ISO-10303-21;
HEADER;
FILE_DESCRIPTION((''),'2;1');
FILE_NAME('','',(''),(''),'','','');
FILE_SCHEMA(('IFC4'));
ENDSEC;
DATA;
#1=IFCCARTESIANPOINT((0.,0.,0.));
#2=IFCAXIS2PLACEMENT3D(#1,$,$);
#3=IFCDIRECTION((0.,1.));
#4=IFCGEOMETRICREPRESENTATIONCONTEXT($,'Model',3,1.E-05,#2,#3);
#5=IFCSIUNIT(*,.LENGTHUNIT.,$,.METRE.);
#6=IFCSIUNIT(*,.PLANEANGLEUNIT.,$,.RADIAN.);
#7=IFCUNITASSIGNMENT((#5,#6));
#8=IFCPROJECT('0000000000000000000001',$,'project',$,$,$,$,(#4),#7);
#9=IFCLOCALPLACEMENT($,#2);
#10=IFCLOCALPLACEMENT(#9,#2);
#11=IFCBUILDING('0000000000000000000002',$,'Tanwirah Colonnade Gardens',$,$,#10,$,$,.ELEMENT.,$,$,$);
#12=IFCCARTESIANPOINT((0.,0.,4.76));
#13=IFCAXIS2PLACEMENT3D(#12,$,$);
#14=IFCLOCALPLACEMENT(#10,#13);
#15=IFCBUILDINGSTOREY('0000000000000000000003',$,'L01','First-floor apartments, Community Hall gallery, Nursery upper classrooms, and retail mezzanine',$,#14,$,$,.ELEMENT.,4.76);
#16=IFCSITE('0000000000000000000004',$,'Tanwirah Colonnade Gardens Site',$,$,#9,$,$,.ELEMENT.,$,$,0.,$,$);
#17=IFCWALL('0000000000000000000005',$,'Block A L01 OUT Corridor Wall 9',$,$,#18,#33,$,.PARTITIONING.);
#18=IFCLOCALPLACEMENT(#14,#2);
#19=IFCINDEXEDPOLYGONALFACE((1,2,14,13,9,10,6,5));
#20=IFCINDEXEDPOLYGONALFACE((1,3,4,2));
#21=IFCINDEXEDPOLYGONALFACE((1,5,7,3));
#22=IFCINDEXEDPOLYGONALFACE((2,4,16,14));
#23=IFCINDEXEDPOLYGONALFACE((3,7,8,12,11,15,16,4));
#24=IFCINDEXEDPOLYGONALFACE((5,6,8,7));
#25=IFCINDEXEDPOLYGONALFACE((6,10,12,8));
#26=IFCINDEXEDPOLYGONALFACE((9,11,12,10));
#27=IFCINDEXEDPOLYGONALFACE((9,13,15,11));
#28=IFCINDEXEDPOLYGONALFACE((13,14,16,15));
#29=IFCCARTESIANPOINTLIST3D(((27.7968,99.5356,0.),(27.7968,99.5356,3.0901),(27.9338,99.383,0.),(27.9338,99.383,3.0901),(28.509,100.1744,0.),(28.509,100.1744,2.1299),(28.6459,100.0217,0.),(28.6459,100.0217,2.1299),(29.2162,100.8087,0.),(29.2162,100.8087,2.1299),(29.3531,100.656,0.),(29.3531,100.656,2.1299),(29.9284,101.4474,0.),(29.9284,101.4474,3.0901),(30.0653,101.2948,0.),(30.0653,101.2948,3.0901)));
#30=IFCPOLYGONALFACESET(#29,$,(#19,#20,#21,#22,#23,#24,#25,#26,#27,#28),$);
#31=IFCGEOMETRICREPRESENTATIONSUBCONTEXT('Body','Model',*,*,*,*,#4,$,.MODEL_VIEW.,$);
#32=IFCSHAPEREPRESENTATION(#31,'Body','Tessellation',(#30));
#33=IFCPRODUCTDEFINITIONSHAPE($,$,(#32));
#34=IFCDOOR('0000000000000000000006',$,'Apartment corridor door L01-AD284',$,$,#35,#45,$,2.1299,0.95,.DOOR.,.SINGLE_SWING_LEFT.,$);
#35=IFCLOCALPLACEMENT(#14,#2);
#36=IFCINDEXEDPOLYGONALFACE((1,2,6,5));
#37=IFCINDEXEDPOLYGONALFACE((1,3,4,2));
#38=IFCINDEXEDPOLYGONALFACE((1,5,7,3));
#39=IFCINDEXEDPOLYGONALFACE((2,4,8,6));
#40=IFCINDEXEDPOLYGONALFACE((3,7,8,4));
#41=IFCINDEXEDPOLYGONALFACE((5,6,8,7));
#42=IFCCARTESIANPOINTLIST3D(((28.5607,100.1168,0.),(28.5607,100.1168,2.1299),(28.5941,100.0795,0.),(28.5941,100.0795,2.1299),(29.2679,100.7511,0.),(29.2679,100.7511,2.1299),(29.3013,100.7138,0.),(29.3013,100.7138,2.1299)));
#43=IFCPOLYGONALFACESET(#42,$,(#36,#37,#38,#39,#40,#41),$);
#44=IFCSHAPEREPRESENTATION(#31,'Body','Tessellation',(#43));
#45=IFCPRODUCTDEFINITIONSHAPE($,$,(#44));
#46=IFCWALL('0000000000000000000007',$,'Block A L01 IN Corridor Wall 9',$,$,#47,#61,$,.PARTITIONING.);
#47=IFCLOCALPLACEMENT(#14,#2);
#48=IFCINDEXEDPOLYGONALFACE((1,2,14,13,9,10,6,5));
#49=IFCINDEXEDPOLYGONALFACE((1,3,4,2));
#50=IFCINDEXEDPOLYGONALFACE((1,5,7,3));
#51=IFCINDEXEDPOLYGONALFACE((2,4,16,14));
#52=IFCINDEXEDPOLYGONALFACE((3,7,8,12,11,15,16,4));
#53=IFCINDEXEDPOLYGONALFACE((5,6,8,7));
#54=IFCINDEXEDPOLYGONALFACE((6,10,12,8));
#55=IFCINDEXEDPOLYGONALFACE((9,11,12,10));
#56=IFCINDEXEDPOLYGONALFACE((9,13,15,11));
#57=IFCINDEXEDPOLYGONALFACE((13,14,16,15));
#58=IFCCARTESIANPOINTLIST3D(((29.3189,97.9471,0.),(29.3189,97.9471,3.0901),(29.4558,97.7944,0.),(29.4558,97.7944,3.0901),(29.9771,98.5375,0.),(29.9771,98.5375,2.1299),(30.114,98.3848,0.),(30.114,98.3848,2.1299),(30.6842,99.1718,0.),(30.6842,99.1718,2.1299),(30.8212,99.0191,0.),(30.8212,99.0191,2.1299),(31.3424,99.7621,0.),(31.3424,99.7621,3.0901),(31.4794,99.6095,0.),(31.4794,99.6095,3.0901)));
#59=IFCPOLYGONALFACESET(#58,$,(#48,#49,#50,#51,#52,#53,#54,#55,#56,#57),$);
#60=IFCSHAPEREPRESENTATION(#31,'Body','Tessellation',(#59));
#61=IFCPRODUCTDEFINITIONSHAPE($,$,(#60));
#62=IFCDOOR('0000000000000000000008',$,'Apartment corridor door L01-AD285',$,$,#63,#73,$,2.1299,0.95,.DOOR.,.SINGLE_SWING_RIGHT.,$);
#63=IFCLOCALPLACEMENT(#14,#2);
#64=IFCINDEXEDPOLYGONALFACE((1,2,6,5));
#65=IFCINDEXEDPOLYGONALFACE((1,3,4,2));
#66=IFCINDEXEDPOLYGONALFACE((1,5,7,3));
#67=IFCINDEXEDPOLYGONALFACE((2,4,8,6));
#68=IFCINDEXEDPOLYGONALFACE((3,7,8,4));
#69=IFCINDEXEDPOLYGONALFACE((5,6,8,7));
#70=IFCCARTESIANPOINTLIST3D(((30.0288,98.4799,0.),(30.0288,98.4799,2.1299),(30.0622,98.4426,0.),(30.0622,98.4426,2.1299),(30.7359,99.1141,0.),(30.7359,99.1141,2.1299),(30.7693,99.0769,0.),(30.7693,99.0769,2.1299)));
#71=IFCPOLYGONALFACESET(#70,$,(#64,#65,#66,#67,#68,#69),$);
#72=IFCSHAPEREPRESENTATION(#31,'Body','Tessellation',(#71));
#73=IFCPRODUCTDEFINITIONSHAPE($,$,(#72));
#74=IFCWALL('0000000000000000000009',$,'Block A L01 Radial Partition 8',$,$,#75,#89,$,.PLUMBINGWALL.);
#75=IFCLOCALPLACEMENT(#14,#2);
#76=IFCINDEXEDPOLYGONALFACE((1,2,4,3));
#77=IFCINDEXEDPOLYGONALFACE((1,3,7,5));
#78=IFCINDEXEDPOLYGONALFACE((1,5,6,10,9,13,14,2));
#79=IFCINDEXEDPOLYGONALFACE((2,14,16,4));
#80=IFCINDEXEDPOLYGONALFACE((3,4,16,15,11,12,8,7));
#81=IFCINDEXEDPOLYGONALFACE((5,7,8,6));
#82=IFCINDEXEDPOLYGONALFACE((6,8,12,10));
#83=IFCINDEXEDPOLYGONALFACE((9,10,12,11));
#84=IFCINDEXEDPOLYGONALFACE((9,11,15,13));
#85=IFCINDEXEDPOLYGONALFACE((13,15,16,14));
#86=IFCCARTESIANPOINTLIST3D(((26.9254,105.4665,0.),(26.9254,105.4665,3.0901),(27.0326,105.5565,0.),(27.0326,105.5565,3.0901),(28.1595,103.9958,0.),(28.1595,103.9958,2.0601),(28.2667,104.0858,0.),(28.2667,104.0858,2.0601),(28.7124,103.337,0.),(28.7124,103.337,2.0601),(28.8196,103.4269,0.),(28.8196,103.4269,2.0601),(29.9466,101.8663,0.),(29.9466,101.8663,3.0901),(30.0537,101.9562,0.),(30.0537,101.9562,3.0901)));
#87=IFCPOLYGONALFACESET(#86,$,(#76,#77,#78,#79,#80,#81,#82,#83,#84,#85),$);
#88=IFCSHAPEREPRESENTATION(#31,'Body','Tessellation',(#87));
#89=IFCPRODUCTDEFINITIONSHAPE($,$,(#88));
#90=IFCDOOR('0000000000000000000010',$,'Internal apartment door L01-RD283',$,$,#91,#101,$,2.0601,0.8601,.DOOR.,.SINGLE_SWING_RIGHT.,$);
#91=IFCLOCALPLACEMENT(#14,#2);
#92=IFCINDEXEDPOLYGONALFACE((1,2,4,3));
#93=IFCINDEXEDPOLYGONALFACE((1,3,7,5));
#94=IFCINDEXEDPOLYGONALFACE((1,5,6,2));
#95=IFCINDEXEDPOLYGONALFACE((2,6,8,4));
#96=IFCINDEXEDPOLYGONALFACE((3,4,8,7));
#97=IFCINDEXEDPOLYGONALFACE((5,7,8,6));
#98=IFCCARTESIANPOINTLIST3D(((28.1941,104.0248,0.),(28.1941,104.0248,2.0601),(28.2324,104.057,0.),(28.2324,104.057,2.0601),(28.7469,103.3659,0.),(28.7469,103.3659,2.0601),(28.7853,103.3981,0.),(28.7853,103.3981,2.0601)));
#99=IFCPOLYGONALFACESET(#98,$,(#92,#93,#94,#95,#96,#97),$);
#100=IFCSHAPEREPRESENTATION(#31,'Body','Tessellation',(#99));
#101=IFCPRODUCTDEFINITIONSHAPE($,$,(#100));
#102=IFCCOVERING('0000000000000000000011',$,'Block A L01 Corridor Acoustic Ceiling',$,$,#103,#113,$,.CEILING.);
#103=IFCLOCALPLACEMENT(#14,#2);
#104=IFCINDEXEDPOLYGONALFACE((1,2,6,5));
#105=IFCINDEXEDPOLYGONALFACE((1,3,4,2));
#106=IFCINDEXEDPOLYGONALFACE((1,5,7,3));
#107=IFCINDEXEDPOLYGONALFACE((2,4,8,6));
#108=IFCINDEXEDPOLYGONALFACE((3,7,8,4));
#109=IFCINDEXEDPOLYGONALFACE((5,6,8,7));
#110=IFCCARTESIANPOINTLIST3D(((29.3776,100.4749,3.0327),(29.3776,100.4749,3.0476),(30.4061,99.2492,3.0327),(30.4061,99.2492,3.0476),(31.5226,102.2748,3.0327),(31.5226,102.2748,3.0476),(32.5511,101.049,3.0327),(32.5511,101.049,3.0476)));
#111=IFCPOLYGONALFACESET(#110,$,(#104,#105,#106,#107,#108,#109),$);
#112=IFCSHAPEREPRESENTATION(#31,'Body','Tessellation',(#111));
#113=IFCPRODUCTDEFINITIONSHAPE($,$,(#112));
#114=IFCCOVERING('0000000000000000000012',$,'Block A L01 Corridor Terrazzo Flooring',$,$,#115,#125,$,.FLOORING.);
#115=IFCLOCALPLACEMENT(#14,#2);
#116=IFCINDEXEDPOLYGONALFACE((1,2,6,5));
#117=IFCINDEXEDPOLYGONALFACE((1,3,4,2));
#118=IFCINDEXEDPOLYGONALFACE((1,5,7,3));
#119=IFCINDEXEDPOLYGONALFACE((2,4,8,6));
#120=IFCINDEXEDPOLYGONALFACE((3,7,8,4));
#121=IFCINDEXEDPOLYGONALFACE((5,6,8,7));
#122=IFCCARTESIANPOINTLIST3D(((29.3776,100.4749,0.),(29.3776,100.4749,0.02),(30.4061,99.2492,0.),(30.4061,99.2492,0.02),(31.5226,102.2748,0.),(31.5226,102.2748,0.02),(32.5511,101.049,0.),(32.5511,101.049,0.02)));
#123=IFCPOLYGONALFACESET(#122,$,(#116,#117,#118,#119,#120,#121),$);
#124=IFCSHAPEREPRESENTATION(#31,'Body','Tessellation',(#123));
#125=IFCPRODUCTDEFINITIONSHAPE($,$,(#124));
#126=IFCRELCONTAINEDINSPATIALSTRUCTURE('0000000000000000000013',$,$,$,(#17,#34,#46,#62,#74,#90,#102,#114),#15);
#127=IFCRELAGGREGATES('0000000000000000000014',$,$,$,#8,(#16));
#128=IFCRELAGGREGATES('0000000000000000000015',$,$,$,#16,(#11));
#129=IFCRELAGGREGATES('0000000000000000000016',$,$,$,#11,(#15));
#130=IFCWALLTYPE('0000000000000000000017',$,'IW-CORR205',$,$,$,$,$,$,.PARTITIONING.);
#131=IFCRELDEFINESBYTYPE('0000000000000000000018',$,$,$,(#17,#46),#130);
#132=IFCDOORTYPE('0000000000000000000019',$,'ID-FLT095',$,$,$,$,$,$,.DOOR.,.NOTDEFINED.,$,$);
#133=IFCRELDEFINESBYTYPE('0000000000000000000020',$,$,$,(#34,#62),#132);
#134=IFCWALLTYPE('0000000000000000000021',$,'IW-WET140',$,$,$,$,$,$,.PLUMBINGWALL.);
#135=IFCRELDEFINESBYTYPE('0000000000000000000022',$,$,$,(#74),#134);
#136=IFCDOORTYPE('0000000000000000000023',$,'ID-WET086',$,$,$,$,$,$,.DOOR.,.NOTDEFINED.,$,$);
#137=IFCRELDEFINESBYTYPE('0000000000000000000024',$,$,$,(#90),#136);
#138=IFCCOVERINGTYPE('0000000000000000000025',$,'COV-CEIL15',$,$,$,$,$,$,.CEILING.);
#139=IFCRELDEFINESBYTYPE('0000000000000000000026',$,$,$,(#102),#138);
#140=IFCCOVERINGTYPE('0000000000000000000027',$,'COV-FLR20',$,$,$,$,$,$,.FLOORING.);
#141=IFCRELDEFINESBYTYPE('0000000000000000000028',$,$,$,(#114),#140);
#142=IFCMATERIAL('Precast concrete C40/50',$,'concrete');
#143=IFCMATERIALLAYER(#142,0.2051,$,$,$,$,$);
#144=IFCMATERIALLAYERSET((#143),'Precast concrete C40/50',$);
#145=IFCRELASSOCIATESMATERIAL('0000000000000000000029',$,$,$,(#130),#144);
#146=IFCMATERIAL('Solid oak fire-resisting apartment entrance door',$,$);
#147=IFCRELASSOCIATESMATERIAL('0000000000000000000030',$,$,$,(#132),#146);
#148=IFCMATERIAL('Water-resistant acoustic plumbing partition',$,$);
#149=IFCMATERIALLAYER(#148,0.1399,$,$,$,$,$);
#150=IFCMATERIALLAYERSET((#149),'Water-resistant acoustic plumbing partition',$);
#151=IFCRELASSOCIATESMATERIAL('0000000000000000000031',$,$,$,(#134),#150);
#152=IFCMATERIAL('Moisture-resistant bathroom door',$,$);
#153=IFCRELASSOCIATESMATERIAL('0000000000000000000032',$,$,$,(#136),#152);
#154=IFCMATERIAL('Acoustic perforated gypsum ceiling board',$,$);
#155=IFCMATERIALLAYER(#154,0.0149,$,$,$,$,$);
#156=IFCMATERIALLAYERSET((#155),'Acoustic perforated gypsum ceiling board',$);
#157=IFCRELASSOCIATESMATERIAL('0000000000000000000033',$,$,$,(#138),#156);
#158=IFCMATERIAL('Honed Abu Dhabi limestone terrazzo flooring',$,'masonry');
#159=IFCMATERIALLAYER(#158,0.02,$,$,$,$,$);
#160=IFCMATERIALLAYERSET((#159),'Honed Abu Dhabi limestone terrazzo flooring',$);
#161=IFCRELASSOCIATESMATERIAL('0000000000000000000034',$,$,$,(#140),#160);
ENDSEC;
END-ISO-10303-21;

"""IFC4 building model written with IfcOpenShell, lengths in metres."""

from ifc_helpers import new_model, si_unit, direction, frame, frame_2d, origin, origin_2d, place, context, subcontext, project, spatial, rectangle, extrude, material, layer, layer_set, type_object, element, fill, save


model = new_model("IFC4")

# Units and contexts
model_context = context("Model", 3, precision=1e-05, world=origin(), true_north=direction((0.0, 1.0)))
body_context = subcontext(model_context, "Body", "Model", "MODEL_VIEW")
ifc_project = project(units=[si_unit("LENGTHUNIT", "METRE"), si_unit("PLANEANGLEUNIT", "RADIAN")], contexts=[model_context])

# Site, building, storey
site_placement = place(None, origin())
site = spatial("IfcSite", under=ifc_project, at=site_placement, Name="Tanwirah Colonnade Gardens Site", CompositionType="ELEMENT", RefElevation=0.0)
building_placement = place(site_placement, origin())
building = spatial("IfcBuilding", under=site, at=building_placement, Name="Tanwirah Colonnade Gardens", CompositionType="ELEMENT")
storey_placement = place(building_placement, frame((0.0, 0.0, 4.76)))
storey = spatial("IfcBuildingStorey", under=building, at=storey_placement, Name="L01", Description="First-floor apartments, Community Hall gallery, Nursery upper classrooms, and retail mezzanine", CompositionType="ELEMENT", Elevation=4.76)

# Shared definitions
ifc_material_1 = material(Name="Precast concrete C40/50", Category="concrete")

# Walls, openings, doors
ifc_layer_1 = layer(ifc_material_1, 0.2051)
ifc_layer_set_1 = layer_set([ifc_layer_1], Name="Precast concrete C40/50")
wall_type_1 = type_object("IfcWallType", Name="IW-CORR205", PredefinedType="PARTITIONING", material=ifc_layer_set_1)
ifc_material_2 = material(Name="Solid oak fire-resisting apartment entrance door")
wall_1_placement = place(storey_placement, frame((29.9968, 101.3711, 0.0), z_axis=(0.0, 0.0, 1.0), x_axis=(-0.744434, -0.667697, 0.0)))
wall_1 = element("IfcWall", 1, at=wall_1_placement, inside=storey, type_object=wall_type_1, Name="Block A L01 OUT Corridor Wall 9", PredefinedType="PARTITIONING", context=body_context, shape_type="SweptSolid", body=[
    extrude(rectangle(XDim=2.8633, YDim=0.2051, at=frame_2d((1.4316, 0.0))), origin(), (0.0, 0.0, 1.0), 3.0901),
])
opening_1_placement = place(wall_1_placement, frame((0.9565, 0.0, 0.0)))
opening_1 = element("IfcOpeningElement", 2, at=opening_1_placement, cuts=wall_1, PredefinedType="OPENING", context=body_context, shape_type="SweptSolid", body=[
    extrude(rectangle(XDim=0.95, YDim=2.1299, at=frame_2d((0.4751, 1.0649))), frame((0.0, 0.1125, 0.0), z_axis=(0.0, -1.0, 0.0), x_axis=(1.0, 0.0, 0.0)), (0.0, 0.0, 1.0), 0.2251),
])
door_type_1 = type_object("IfcDoorType", Name="ID-FLT095", OperationType="NOTDEFINED", PredefinedType="DOOR", material=ifc_material_2)
door_1_placement = place(opening_1_placement, origin())
door_1 = element("IfcDoor", 3, at=door_1_placement, inside=storey, type_object=door_type_1, Name="Apartment corridor door L01-AD284", OperationType="SINGLE_SWING_LEFT", OverallHeight=2.1299, OverallWidth=0.95, PredefinedType="DOOR", context=body_context, shape_type="SweptSolid", body=[
    extrude(rectangle(XDim=0.95, YDim=2.1299, at=frame_2d((0.4751, 1.0649))), frame((0.0, 0.0249, 0.0), z_axis=(0.0, -1.0, 0.0), x_axis=(1.0, 0.0, 0.0)), (0.0, 0.0, 1.0), 0.05),
])
fill(opening_1, door_1)
wall_2_placement = place(storey_placement, frame((31.4109, 99.6858, 0.0), z_axis=(0.0, 0.0, 1.0), x_axis=(-0.744419, -0.667713, 0.0)))
wall_2 = element("IfcWall", 4, at=wall_2_placement, inside=storey, type_object=wall_type_1, Name="Block A L01 IN Corridor Wall 9", PredefinedType="PARTITIONING", context=body_context, shape_type="SweptSolid", body=[
    extrude(rectangle(XDim=2.7183, YDim=0.2051, at=frame_2d((1.3591, 0.0))), origin(), (0.0, 0.0, 1.0), 3.0901),
])
opening_2_placement = place(wall_2_placement, frame((0.884, 0.0, 0.0)))
opening_2 = element("IfcOpeningElement", 5, at=opening_2_placement, cuts=wall_2, PredefinedType="OPENING", context=body_context, shape_type="SweptSolid", body=[
    extrude(rectangle(XDim=0.95, YDim=2.1299, at=frame_2d((0.4751, 1.0649))), frame((0.0, 0.1125, 0.0), z_axis=(0.0, -1.0, 0.0), x_axis=(1.0, 0.0, 0.0)), (0.0, 0.0, 1.0), 0.2251),
])
door_2_placement = place(opening_2_placement, origin())
door_2 = element("IfcDoor", 6, at=door_2_placement, inside=storey, type_object=door_type_1, Name="Apartment corridor door L01-AD285", OperationType="SINGLE_SWING_RIGHT", OverallHeight=2.1299, OverallWidth=0.95, PredefinedType="DOOR", context=body_context, shape_type="SweptSolid", body=[
    extrude(rectangle(XDim=0.95, YDim=2.1299, at=frame_2d((0.4751, 1.0649))), frame((0.0, 0.0249, 0.0), z_axis=(0.0, -1.0, 0.0), x_axis=(1.0, 0.0, 0.0)), (0.0, 0.0, 1.0), 0.05),
])
fill(opening_2, door_2)
ifc_material_3 = material(Name="Water-resistant acoustic plumbing partition")
ifc_layer_2 = layer(ifc_material_3, 0.1399)
ifc_layer_set_2 = layer_set([ifc_layer_2], Name="Water-resistant acoustic plumbing partition")
wall_type_2 = type_object("IfcWallType", Name="IW-WET140", PredefinedType="PLUMBINGWALL", material=ifc_layer_set_2)
wall_3_placement = place(storey_placement, frame((30.0002, 101.9111, 0.0), z_axis=(0.0, 0.0, 1.0), x_axis=(-0.642812, 0.766024, 0.0)))
wall_3 = element("IfcWall", 7, at=wall_3_placement, inside=storey, type_object=wall_type_2, Name="Block A L01 Radial Partition 8", PredefinedType="PLUMBINGWALL", context=body_context, shape_type="SweptSolid", body=[
    extrude(rectangle(XDim=4.7, YDim=0.1399, at=frame_2d((2.3501, 0.0))), origin(), (0.0, 0.0, 1.0), 3.0901),
])
opening_3_placement = place(wall_3_placement, frame((1.9199, 0.0, 0.0)))
opening_3 = element("IfcOpeningElement", 8, at=opening_3_placement, cuts=wall_3, PredefinedType="OPENING", context=body_context, shape_type="SweptSolid", body=[
    extrude(rectangle(XDim=0.8601, YDim=2.0601, at=frame_2d((0.4302, 1.03))), frame((0.0, 0.0798, 0.0), z_axis=(0.0, -1.0, 0.0), x_axis=(1.0, 0.0, 0.0)), (0.0, 0.0, 1.0), 0.1599),
])
ifc_material_4 = material(Name="Moisture-resistant bathroom door")
door_type_2 = type_object("IfcDoorType", Name="ID-WET086", OperationType="NOTDEFINED", PredefinedType="DOOR", material=ifc_material_4)
door_3_placement = place(opening_3_placement, origin())
door_3 = element("IfcDoor", 9, at=door_3_placement, inside=storey, type_object=door_type_2, Name="Internal apartment door L01-RD283", OperationType="SINGLE_SWING_RIGHT", OverallHeight=2.0601, OverallWidth=0.8601, PredefinedType="DOOR", context=body_context, shape_type="SweptSolid", body=[
    extrude(rectangle(XDim=0.8601, YDim=2.0601, at=frame_2d((0.4302, 1.03))), frame((0.0, 0.0249, 0.0), z_axis=(0.0, -1.0, 0.0), x_axis=(1.0, 0.0, 0.0)), (0.0, 0.0, 1.0), 0.05),
])
fill(opening_3, door_3)

# Coverings
ifc_material_5 = material(Name="Acoustic perforated gypsum ceiling board")
ifc_layer_3 = layer(ifc_material_5, 0.0149)
ifc_layer_set_3 = layer_set([ifc_layer_3], Name="Acoustic perforated gypsum ceiling board")
covering_type_1 = type_object("IfcCoveringType", Name="COV-CEIL15", PredefinedType="CEILING", material=ifc_layer_set_3)
covering_1_placement = place(storey_placement, frame((30.9644, 100.762, 3.0327), z_axis=(0.0, 0.0, 1.0), x_axis=(-0.766044, -0.642788, 0.0)))
element("IfcCovering", 10, at=covering_1_placement, inside=storey, type_object=covering_type_1, Name="Block A L01 Corridor Acoustic Ceiling", PredefinedType="CEILING", context=body_context, shape_type="SweptSolid", body=[
    extrude(rectangle(XDim=2.8, YDim=1.6001, at=origin_2d()), origin(), (0.0, 0.0, 1.0), 0.0149),
])
ifc_material_6 = material(Name="Honed Abu Dhabi limestone terrazzo flooring", Category="masonry")
ifc_layer_4 = layer(ifc_material_6, 0.02)
ifc_layer_set_4 = layer_set([ifc_layer_4], Name="Honed Abu Dhabi limestone terrazzo flooring")
covering_type_2 = type_object("IfcCoveringType", Name="COV-FLR20", PredefinedType="FLOORING", material=ifc_layer_set_4)
covering_2_placement = place(storey_placement, frame((30.9644, 100.762, 0.0), z_axis=(0.0, 0.0, 1.0), x_axis=(-0.766044, -0.642788, 0.0)))
element("IfcCovering", 11, at=covering_2_placement, inside=storey, type_object=covering_type_2, Name="Block A L01 Corridor Terrazzo Flooring", PredefinedType="FLOORING", context=body_context, shape_type="SweptSolid", body=[
    extrude(rectangle(XDim=2.8, YDim=1.6001, at=origin_2d()), origin(), (0.0, 0.0, 1.0), 0.02),
])

save(model, "model.ifc")
